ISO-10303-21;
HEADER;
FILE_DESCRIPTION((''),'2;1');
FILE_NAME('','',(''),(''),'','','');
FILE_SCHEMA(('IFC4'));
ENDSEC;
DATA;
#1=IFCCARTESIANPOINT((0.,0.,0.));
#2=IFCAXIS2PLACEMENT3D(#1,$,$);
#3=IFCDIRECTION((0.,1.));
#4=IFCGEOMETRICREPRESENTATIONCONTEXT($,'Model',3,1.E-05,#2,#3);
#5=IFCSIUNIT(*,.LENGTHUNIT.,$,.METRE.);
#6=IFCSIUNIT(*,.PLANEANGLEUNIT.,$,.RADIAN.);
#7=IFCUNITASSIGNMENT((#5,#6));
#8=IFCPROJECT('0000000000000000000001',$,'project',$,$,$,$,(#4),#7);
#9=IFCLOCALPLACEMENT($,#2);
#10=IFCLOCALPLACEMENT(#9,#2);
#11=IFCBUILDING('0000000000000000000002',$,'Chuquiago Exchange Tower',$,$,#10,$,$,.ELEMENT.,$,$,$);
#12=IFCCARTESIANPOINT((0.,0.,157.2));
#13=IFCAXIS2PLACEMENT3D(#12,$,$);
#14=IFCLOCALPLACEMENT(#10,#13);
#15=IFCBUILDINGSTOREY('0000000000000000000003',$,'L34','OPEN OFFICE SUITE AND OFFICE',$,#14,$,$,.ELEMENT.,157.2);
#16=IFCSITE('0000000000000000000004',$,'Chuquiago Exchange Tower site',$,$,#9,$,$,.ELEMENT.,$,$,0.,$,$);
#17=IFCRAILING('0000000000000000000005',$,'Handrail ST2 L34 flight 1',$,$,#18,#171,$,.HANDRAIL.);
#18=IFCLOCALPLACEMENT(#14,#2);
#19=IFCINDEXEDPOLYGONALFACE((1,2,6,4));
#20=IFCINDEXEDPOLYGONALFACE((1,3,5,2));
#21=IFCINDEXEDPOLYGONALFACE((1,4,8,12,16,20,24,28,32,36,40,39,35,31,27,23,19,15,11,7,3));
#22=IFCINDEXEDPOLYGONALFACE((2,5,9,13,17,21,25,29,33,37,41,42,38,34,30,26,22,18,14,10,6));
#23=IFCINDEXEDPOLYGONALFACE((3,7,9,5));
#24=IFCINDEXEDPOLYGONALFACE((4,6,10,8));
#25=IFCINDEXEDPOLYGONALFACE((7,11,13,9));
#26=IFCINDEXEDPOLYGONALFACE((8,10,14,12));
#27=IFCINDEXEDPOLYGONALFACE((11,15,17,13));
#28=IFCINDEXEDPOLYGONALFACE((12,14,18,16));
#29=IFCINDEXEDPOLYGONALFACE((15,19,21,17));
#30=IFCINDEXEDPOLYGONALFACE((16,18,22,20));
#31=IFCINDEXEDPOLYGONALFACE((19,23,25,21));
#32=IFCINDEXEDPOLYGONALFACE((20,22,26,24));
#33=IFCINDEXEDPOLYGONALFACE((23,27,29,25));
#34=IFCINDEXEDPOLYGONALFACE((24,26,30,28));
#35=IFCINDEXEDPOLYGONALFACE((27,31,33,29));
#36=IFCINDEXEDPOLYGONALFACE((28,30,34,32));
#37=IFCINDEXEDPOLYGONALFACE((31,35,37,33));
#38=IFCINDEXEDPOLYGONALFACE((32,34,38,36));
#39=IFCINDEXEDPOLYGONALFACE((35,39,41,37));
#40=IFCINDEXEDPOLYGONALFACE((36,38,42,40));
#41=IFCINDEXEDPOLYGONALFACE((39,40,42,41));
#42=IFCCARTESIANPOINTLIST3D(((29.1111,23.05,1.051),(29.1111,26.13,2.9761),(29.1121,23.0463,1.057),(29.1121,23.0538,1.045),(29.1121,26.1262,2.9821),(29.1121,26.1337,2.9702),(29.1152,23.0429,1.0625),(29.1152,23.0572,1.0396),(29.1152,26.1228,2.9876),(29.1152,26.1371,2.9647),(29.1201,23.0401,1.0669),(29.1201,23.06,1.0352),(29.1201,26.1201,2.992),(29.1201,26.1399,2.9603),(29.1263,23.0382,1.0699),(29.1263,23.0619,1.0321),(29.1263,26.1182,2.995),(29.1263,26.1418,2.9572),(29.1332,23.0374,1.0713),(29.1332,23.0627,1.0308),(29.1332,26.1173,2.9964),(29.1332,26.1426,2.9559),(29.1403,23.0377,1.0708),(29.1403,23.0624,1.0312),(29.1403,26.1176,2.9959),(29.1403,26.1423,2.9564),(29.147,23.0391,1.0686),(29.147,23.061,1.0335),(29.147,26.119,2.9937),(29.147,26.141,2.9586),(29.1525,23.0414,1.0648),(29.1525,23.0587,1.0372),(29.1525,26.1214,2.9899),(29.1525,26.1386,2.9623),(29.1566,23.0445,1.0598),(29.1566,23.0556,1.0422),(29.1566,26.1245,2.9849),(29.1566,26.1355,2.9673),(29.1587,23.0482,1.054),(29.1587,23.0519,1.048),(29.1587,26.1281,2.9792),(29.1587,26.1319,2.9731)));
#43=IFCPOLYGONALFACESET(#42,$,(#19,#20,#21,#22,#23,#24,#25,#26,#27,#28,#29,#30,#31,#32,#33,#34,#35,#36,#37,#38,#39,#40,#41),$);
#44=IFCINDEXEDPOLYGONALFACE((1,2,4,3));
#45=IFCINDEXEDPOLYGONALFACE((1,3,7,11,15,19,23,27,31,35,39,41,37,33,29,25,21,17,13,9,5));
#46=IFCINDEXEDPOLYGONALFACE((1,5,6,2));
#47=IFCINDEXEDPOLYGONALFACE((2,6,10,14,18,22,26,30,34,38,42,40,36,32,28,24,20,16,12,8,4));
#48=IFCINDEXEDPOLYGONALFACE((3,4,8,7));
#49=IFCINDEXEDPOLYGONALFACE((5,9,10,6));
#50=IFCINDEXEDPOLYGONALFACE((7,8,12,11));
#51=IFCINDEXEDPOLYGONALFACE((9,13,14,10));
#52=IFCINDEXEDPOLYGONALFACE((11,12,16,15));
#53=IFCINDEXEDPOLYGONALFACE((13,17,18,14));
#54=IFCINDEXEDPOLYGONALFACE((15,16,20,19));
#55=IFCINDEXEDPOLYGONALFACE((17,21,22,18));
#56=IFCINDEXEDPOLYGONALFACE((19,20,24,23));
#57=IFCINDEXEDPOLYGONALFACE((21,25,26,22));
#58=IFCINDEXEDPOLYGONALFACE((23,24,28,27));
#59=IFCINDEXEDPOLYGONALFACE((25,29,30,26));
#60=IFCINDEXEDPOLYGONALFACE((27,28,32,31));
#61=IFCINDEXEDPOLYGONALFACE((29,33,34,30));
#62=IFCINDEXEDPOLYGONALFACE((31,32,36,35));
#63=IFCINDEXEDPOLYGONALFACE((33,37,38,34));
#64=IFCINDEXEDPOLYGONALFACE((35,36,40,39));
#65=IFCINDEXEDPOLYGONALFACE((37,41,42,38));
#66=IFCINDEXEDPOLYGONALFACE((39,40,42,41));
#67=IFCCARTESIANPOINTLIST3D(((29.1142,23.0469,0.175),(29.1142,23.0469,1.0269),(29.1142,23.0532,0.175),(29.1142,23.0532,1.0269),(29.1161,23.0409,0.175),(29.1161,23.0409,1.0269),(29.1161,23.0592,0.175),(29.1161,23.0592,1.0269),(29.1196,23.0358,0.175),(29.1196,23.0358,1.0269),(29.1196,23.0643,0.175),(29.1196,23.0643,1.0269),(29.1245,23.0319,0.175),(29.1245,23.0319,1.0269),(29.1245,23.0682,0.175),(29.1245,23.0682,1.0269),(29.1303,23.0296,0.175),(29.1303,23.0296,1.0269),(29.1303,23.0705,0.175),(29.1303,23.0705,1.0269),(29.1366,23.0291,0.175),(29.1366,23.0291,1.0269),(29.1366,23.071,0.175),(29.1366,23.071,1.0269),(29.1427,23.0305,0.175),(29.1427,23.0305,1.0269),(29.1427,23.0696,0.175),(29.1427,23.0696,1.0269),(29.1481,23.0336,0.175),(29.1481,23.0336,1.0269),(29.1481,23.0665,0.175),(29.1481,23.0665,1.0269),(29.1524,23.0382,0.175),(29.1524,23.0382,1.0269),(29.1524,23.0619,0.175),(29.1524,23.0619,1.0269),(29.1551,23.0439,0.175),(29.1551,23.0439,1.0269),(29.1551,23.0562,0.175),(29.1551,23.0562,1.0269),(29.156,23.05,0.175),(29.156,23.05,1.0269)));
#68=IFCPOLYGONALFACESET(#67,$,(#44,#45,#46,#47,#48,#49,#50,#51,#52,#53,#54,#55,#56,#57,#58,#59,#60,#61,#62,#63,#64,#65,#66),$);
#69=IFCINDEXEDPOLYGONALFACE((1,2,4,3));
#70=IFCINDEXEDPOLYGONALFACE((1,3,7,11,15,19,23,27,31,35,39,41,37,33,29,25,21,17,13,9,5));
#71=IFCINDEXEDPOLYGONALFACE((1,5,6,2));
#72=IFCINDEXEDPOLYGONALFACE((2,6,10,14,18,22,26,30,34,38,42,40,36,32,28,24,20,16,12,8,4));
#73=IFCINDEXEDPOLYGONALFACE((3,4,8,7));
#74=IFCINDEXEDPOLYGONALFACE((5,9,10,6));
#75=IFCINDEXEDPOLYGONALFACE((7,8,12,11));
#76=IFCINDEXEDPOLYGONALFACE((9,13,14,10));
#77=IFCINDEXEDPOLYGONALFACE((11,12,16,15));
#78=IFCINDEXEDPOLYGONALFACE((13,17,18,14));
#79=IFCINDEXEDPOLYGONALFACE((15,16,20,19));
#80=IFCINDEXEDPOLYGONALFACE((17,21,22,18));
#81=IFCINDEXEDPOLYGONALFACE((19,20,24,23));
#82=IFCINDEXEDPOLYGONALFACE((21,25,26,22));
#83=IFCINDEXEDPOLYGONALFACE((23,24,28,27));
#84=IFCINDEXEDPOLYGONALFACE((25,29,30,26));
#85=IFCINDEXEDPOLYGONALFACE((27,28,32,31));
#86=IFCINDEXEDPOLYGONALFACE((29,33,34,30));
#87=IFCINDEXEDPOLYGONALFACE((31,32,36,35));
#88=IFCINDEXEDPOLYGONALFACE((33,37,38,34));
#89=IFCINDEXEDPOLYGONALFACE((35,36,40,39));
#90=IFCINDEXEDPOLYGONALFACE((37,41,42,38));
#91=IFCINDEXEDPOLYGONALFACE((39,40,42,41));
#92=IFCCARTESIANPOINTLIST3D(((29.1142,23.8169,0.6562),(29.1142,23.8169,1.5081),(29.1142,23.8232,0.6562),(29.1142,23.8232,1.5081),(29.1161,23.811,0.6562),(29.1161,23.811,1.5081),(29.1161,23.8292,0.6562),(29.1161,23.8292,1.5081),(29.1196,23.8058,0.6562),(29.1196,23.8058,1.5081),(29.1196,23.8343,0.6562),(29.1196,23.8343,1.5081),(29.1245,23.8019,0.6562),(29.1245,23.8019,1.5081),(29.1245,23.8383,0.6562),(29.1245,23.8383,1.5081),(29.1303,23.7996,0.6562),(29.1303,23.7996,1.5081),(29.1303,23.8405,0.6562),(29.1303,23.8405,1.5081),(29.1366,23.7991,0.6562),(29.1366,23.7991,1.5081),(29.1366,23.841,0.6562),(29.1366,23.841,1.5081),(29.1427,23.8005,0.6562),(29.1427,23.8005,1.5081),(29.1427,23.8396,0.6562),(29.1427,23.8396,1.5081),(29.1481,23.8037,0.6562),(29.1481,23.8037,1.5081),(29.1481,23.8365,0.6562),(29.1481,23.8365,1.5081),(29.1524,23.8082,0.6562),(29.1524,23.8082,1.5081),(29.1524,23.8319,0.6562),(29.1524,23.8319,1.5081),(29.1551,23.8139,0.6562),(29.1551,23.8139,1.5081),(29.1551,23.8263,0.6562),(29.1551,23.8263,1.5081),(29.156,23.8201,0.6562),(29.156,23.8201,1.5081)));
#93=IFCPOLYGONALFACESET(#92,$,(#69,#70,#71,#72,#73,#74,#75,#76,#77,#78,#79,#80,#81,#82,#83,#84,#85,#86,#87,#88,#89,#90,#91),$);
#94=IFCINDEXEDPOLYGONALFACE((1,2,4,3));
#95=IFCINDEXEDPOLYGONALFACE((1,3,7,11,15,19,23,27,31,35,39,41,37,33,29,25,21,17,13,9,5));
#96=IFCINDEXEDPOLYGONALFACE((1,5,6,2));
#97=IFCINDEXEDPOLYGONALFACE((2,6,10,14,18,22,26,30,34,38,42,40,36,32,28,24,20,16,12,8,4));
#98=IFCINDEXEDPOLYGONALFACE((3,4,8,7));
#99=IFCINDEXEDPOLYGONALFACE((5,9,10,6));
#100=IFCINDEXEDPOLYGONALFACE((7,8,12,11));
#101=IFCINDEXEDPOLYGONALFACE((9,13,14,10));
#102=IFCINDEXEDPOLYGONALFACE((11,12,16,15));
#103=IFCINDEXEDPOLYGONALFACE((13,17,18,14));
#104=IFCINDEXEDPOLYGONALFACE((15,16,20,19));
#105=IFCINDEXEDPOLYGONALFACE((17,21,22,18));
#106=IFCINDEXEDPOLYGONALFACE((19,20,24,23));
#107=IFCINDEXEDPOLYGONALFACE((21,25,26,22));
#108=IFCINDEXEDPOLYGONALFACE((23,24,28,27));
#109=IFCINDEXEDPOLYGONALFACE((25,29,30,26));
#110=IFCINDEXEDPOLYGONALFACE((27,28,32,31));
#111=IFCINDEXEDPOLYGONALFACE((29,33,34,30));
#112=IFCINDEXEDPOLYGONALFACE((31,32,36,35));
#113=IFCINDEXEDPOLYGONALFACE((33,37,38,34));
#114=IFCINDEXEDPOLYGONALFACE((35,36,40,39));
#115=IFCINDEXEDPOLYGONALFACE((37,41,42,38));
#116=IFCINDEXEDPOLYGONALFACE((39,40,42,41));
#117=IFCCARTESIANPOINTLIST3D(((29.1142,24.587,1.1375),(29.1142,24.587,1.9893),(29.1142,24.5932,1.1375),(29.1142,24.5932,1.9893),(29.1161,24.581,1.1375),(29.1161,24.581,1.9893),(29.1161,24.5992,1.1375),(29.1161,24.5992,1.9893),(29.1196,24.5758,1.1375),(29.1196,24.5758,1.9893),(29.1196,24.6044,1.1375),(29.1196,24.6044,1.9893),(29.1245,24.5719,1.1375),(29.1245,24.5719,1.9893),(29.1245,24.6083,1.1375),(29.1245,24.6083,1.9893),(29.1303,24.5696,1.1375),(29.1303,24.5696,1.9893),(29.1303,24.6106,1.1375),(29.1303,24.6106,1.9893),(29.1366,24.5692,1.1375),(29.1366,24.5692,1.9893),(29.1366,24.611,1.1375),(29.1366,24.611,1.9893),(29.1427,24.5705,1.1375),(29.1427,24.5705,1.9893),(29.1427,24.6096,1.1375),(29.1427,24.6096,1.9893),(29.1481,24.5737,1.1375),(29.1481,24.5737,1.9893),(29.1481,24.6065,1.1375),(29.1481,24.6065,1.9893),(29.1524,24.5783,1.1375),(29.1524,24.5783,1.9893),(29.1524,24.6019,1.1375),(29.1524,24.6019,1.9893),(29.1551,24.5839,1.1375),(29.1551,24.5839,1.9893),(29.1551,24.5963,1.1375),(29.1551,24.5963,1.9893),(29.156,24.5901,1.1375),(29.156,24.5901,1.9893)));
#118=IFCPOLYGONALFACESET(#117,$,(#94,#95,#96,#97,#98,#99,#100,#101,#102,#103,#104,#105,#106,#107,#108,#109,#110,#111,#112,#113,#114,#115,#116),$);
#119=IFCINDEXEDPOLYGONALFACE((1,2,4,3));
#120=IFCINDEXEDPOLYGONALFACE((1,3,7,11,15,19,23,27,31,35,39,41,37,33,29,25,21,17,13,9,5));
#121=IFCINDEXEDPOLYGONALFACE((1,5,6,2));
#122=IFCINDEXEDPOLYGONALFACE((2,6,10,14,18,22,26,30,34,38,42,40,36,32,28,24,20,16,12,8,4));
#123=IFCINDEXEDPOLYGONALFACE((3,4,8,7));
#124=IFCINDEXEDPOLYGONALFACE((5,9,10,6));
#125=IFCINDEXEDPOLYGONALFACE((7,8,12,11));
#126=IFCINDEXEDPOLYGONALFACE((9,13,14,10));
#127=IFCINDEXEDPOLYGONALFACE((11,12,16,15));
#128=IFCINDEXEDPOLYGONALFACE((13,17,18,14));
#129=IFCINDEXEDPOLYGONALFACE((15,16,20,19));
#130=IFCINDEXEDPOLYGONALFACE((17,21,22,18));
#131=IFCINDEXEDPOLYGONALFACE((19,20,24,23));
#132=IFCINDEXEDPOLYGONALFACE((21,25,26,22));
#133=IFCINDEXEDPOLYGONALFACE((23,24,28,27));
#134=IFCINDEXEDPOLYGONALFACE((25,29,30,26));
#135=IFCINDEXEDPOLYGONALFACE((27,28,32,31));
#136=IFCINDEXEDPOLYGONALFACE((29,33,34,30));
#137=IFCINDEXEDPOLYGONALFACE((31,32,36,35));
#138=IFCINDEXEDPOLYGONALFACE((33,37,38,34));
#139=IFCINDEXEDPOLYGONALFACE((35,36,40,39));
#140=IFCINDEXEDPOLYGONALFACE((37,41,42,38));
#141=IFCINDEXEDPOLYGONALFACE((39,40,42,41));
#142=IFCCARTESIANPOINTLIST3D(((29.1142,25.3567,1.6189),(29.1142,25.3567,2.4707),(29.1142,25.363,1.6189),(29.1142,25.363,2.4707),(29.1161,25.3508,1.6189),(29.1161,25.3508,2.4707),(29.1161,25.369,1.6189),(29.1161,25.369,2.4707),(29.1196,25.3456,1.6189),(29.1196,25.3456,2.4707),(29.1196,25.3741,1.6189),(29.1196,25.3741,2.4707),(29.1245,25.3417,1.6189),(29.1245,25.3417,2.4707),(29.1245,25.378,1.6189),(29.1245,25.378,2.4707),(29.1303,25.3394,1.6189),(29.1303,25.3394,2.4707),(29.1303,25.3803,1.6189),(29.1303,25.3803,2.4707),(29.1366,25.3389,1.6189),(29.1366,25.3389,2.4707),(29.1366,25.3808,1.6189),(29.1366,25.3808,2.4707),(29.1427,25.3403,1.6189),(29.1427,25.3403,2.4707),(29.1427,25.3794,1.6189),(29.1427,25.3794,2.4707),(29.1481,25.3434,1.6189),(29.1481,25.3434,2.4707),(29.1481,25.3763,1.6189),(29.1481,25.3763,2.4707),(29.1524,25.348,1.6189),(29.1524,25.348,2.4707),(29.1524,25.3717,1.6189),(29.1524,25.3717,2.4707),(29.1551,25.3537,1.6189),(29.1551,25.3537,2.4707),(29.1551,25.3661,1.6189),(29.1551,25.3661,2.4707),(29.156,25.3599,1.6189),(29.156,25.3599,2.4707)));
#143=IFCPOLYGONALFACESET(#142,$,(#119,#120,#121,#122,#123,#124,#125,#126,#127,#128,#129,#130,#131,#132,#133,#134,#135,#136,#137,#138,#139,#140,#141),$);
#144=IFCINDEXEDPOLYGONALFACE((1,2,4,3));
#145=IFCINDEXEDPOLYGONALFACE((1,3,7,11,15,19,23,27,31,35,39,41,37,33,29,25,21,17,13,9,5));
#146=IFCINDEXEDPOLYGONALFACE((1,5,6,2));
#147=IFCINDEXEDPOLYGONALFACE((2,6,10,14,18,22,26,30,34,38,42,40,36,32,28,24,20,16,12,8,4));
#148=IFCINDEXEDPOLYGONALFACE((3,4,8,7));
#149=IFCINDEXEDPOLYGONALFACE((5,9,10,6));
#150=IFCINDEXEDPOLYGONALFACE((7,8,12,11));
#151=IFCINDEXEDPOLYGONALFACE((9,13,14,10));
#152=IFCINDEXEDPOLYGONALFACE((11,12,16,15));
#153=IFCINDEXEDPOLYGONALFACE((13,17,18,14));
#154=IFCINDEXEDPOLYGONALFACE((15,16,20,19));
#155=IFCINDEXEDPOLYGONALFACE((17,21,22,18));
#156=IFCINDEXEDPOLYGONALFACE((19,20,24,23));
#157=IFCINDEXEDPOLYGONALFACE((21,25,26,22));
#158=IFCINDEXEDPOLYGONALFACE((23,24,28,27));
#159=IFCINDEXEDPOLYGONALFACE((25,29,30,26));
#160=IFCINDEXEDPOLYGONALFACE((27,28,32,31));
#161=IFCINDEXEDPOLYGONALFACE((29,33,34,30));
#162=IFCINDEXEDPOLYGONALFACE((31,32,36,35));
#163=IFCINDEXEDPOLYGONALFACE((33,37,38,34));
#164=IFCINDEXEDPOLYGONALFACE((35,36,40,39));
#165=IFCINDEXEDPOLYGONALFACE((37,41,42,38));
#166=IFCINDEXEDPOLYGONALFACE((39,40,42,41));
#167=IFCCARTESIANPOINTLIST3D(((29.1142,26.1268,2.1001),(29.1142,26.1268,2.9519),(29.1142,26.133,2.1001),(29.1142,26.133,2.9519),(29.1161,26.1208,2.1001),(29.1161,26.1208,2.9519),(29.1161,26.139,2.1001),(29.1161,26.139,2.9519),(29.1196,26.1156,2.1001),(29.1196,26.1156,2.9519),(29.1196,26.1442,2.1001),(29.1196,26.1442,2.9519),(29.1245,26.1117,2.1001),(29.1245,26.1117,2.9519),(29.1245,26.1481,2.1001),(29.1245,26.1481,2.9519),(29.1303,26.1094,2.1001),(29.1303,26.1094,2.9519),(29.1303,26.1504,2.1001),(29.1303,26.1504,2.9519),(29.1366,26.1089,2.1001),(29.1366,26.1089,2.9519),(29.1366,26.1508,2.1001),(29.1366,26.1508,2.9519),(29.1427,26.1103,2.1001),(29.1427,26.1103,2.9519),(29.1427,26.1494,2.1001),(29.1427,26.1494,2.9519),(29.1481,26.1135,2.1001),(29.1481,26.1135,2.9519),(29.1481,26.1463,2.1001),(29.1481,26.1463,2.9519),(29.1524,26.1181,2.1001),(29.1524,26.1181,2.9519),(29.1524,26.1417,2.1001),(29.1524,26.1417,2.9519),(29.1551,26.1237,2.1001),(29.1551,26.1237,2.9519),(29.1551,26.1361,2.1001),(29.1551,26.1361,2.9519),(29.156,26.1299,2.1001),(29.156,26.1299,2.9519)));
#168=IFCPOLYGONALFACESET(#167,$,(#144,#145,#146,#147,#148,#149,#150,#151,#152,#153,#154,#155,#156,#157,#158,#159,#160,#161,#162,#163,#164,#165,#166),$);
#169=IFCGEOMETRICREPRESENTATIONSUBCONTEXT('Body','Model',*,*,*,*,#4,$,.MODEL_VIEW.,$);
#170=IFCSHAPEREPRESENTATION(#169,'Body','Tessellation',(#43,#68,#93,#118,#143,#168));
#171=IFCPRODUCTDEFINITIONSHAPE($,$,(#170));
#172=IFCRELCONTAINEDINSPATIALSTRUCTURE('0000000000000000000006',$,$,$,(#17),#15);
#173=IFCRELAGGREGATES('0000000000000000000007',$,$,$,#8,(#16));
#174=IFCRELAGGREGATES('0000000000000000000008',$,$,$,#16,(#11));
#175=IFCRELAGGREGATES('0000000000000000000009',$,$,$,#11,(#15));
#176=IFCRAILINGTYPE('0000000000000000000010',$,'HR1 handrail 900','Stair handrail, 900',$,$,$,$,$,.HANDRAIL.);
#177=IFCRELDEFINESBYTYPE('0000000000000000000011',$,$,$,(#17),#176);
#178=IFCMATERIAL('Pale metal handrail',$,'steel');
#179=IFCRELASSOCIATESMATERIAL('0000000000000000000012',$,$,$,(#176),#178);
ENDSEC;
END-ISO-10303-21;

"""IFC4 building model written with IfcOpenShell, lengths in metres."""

from ifc_helpers import new_model, si_unit, direction, frame, origin, origin_2d, place, context, subcontext, project, spatial, circle, extrude, material, type_object, element, save


model = new_model("IFC4")

# Units and contexts
model_context = context("Model", 3, precision=1e-05, world=origin(), true_north=direction((0.0, 1.0)))
body_context = subcontext(model_context, "Body", "Model", "MODEL_VIEW")
ifc_project = project(units=[si_unit("LENGTHUNIT", "METRE"), si_unit("PLANEANGLEUNIT", "RADIAN")], contexts=[model_context])

# Site, building, storey
site_placement = place(None, origin())
site = spatial("IfcSite", under=ifc_project, at=site_placement, Name="Chuquiago Exchange Tower site", CompositionType="ELEMENT", RefElevation=0.0)
building_placement = place(site_placement, origin())
building = spatial("IfcBuilding", under=site, at=building_placement, Name="Chuquiago Exchange Tower", CompositionType="ELEMENT")
storey_placement = place(building_placement, frame((0.0, 0.0, 157.2)))
storey = spatial("IfcBuildingStorey", under=building, at=storey_placement, Name="L34", Description="OPEN OFFICE SUITE AND OFFICE", CompositionType="ELEMENT", Elevation=157.2)

# Railing
ifc_material_1 = material(Name="Pale metal handrail", Category="steel")
railing_type_1 = type_object("IfcRailingType", Name="HR1 handrail 900", Description="Stair handrail, 900", PredefinedType="HANDRAIL", material=ifc_material_1)
for number, where, name in (
    (1, (29.135, 23.05, 0.175), "Handrail ST2 L34 flight 1"),
):
    element("IfcRailing", number, at=place(storey_placement, frame(where)), inside=storey, type_object=railing_type_1, Name=name, PredefinedType="HANDRAIL", context=body_context, shape_type="SweptSolid", body=[
        extrude(circle(Radius=0.0239, at=origin_2d()), frame((0.0, 0.0, 0.876), z_axis=(0.0, 0.847979, 0.530029), x_axis=(-1.0, 0.0, 0.0)), (0.0, 0.0, 1.0), 3.6321),
        extrude(circle(Radius=0.021, at=origin_2d()), origin(), (0.0, 0.0, 1.0), 0.8518),
        extrude(circle(Radius=0.021, at=origin_2d()), frame((0.0, 0.77, 0.4812)), (0.0, 0.0, 1.0), 0.8518),
        extrude(circle(Radius=0.021, at=origin_2d()), frame((0.0, 1.54, 0.9624)), (0.0, 0.0, 1.0), 0.8518),
        extrude(circle(Radius=0.021, at=origin_2d()), frame((0.0, 2.3098, 1.4438)), (0.0, 0.0, 1.0), 0.8518),
        extrude(circle(Radius=0.021, at=origin_2d()), frame((0.0, 3.0798, 1.925)), (0.0, 0.0, 1.0), 0.8518),
    ])

save(model, "model.ifc")
